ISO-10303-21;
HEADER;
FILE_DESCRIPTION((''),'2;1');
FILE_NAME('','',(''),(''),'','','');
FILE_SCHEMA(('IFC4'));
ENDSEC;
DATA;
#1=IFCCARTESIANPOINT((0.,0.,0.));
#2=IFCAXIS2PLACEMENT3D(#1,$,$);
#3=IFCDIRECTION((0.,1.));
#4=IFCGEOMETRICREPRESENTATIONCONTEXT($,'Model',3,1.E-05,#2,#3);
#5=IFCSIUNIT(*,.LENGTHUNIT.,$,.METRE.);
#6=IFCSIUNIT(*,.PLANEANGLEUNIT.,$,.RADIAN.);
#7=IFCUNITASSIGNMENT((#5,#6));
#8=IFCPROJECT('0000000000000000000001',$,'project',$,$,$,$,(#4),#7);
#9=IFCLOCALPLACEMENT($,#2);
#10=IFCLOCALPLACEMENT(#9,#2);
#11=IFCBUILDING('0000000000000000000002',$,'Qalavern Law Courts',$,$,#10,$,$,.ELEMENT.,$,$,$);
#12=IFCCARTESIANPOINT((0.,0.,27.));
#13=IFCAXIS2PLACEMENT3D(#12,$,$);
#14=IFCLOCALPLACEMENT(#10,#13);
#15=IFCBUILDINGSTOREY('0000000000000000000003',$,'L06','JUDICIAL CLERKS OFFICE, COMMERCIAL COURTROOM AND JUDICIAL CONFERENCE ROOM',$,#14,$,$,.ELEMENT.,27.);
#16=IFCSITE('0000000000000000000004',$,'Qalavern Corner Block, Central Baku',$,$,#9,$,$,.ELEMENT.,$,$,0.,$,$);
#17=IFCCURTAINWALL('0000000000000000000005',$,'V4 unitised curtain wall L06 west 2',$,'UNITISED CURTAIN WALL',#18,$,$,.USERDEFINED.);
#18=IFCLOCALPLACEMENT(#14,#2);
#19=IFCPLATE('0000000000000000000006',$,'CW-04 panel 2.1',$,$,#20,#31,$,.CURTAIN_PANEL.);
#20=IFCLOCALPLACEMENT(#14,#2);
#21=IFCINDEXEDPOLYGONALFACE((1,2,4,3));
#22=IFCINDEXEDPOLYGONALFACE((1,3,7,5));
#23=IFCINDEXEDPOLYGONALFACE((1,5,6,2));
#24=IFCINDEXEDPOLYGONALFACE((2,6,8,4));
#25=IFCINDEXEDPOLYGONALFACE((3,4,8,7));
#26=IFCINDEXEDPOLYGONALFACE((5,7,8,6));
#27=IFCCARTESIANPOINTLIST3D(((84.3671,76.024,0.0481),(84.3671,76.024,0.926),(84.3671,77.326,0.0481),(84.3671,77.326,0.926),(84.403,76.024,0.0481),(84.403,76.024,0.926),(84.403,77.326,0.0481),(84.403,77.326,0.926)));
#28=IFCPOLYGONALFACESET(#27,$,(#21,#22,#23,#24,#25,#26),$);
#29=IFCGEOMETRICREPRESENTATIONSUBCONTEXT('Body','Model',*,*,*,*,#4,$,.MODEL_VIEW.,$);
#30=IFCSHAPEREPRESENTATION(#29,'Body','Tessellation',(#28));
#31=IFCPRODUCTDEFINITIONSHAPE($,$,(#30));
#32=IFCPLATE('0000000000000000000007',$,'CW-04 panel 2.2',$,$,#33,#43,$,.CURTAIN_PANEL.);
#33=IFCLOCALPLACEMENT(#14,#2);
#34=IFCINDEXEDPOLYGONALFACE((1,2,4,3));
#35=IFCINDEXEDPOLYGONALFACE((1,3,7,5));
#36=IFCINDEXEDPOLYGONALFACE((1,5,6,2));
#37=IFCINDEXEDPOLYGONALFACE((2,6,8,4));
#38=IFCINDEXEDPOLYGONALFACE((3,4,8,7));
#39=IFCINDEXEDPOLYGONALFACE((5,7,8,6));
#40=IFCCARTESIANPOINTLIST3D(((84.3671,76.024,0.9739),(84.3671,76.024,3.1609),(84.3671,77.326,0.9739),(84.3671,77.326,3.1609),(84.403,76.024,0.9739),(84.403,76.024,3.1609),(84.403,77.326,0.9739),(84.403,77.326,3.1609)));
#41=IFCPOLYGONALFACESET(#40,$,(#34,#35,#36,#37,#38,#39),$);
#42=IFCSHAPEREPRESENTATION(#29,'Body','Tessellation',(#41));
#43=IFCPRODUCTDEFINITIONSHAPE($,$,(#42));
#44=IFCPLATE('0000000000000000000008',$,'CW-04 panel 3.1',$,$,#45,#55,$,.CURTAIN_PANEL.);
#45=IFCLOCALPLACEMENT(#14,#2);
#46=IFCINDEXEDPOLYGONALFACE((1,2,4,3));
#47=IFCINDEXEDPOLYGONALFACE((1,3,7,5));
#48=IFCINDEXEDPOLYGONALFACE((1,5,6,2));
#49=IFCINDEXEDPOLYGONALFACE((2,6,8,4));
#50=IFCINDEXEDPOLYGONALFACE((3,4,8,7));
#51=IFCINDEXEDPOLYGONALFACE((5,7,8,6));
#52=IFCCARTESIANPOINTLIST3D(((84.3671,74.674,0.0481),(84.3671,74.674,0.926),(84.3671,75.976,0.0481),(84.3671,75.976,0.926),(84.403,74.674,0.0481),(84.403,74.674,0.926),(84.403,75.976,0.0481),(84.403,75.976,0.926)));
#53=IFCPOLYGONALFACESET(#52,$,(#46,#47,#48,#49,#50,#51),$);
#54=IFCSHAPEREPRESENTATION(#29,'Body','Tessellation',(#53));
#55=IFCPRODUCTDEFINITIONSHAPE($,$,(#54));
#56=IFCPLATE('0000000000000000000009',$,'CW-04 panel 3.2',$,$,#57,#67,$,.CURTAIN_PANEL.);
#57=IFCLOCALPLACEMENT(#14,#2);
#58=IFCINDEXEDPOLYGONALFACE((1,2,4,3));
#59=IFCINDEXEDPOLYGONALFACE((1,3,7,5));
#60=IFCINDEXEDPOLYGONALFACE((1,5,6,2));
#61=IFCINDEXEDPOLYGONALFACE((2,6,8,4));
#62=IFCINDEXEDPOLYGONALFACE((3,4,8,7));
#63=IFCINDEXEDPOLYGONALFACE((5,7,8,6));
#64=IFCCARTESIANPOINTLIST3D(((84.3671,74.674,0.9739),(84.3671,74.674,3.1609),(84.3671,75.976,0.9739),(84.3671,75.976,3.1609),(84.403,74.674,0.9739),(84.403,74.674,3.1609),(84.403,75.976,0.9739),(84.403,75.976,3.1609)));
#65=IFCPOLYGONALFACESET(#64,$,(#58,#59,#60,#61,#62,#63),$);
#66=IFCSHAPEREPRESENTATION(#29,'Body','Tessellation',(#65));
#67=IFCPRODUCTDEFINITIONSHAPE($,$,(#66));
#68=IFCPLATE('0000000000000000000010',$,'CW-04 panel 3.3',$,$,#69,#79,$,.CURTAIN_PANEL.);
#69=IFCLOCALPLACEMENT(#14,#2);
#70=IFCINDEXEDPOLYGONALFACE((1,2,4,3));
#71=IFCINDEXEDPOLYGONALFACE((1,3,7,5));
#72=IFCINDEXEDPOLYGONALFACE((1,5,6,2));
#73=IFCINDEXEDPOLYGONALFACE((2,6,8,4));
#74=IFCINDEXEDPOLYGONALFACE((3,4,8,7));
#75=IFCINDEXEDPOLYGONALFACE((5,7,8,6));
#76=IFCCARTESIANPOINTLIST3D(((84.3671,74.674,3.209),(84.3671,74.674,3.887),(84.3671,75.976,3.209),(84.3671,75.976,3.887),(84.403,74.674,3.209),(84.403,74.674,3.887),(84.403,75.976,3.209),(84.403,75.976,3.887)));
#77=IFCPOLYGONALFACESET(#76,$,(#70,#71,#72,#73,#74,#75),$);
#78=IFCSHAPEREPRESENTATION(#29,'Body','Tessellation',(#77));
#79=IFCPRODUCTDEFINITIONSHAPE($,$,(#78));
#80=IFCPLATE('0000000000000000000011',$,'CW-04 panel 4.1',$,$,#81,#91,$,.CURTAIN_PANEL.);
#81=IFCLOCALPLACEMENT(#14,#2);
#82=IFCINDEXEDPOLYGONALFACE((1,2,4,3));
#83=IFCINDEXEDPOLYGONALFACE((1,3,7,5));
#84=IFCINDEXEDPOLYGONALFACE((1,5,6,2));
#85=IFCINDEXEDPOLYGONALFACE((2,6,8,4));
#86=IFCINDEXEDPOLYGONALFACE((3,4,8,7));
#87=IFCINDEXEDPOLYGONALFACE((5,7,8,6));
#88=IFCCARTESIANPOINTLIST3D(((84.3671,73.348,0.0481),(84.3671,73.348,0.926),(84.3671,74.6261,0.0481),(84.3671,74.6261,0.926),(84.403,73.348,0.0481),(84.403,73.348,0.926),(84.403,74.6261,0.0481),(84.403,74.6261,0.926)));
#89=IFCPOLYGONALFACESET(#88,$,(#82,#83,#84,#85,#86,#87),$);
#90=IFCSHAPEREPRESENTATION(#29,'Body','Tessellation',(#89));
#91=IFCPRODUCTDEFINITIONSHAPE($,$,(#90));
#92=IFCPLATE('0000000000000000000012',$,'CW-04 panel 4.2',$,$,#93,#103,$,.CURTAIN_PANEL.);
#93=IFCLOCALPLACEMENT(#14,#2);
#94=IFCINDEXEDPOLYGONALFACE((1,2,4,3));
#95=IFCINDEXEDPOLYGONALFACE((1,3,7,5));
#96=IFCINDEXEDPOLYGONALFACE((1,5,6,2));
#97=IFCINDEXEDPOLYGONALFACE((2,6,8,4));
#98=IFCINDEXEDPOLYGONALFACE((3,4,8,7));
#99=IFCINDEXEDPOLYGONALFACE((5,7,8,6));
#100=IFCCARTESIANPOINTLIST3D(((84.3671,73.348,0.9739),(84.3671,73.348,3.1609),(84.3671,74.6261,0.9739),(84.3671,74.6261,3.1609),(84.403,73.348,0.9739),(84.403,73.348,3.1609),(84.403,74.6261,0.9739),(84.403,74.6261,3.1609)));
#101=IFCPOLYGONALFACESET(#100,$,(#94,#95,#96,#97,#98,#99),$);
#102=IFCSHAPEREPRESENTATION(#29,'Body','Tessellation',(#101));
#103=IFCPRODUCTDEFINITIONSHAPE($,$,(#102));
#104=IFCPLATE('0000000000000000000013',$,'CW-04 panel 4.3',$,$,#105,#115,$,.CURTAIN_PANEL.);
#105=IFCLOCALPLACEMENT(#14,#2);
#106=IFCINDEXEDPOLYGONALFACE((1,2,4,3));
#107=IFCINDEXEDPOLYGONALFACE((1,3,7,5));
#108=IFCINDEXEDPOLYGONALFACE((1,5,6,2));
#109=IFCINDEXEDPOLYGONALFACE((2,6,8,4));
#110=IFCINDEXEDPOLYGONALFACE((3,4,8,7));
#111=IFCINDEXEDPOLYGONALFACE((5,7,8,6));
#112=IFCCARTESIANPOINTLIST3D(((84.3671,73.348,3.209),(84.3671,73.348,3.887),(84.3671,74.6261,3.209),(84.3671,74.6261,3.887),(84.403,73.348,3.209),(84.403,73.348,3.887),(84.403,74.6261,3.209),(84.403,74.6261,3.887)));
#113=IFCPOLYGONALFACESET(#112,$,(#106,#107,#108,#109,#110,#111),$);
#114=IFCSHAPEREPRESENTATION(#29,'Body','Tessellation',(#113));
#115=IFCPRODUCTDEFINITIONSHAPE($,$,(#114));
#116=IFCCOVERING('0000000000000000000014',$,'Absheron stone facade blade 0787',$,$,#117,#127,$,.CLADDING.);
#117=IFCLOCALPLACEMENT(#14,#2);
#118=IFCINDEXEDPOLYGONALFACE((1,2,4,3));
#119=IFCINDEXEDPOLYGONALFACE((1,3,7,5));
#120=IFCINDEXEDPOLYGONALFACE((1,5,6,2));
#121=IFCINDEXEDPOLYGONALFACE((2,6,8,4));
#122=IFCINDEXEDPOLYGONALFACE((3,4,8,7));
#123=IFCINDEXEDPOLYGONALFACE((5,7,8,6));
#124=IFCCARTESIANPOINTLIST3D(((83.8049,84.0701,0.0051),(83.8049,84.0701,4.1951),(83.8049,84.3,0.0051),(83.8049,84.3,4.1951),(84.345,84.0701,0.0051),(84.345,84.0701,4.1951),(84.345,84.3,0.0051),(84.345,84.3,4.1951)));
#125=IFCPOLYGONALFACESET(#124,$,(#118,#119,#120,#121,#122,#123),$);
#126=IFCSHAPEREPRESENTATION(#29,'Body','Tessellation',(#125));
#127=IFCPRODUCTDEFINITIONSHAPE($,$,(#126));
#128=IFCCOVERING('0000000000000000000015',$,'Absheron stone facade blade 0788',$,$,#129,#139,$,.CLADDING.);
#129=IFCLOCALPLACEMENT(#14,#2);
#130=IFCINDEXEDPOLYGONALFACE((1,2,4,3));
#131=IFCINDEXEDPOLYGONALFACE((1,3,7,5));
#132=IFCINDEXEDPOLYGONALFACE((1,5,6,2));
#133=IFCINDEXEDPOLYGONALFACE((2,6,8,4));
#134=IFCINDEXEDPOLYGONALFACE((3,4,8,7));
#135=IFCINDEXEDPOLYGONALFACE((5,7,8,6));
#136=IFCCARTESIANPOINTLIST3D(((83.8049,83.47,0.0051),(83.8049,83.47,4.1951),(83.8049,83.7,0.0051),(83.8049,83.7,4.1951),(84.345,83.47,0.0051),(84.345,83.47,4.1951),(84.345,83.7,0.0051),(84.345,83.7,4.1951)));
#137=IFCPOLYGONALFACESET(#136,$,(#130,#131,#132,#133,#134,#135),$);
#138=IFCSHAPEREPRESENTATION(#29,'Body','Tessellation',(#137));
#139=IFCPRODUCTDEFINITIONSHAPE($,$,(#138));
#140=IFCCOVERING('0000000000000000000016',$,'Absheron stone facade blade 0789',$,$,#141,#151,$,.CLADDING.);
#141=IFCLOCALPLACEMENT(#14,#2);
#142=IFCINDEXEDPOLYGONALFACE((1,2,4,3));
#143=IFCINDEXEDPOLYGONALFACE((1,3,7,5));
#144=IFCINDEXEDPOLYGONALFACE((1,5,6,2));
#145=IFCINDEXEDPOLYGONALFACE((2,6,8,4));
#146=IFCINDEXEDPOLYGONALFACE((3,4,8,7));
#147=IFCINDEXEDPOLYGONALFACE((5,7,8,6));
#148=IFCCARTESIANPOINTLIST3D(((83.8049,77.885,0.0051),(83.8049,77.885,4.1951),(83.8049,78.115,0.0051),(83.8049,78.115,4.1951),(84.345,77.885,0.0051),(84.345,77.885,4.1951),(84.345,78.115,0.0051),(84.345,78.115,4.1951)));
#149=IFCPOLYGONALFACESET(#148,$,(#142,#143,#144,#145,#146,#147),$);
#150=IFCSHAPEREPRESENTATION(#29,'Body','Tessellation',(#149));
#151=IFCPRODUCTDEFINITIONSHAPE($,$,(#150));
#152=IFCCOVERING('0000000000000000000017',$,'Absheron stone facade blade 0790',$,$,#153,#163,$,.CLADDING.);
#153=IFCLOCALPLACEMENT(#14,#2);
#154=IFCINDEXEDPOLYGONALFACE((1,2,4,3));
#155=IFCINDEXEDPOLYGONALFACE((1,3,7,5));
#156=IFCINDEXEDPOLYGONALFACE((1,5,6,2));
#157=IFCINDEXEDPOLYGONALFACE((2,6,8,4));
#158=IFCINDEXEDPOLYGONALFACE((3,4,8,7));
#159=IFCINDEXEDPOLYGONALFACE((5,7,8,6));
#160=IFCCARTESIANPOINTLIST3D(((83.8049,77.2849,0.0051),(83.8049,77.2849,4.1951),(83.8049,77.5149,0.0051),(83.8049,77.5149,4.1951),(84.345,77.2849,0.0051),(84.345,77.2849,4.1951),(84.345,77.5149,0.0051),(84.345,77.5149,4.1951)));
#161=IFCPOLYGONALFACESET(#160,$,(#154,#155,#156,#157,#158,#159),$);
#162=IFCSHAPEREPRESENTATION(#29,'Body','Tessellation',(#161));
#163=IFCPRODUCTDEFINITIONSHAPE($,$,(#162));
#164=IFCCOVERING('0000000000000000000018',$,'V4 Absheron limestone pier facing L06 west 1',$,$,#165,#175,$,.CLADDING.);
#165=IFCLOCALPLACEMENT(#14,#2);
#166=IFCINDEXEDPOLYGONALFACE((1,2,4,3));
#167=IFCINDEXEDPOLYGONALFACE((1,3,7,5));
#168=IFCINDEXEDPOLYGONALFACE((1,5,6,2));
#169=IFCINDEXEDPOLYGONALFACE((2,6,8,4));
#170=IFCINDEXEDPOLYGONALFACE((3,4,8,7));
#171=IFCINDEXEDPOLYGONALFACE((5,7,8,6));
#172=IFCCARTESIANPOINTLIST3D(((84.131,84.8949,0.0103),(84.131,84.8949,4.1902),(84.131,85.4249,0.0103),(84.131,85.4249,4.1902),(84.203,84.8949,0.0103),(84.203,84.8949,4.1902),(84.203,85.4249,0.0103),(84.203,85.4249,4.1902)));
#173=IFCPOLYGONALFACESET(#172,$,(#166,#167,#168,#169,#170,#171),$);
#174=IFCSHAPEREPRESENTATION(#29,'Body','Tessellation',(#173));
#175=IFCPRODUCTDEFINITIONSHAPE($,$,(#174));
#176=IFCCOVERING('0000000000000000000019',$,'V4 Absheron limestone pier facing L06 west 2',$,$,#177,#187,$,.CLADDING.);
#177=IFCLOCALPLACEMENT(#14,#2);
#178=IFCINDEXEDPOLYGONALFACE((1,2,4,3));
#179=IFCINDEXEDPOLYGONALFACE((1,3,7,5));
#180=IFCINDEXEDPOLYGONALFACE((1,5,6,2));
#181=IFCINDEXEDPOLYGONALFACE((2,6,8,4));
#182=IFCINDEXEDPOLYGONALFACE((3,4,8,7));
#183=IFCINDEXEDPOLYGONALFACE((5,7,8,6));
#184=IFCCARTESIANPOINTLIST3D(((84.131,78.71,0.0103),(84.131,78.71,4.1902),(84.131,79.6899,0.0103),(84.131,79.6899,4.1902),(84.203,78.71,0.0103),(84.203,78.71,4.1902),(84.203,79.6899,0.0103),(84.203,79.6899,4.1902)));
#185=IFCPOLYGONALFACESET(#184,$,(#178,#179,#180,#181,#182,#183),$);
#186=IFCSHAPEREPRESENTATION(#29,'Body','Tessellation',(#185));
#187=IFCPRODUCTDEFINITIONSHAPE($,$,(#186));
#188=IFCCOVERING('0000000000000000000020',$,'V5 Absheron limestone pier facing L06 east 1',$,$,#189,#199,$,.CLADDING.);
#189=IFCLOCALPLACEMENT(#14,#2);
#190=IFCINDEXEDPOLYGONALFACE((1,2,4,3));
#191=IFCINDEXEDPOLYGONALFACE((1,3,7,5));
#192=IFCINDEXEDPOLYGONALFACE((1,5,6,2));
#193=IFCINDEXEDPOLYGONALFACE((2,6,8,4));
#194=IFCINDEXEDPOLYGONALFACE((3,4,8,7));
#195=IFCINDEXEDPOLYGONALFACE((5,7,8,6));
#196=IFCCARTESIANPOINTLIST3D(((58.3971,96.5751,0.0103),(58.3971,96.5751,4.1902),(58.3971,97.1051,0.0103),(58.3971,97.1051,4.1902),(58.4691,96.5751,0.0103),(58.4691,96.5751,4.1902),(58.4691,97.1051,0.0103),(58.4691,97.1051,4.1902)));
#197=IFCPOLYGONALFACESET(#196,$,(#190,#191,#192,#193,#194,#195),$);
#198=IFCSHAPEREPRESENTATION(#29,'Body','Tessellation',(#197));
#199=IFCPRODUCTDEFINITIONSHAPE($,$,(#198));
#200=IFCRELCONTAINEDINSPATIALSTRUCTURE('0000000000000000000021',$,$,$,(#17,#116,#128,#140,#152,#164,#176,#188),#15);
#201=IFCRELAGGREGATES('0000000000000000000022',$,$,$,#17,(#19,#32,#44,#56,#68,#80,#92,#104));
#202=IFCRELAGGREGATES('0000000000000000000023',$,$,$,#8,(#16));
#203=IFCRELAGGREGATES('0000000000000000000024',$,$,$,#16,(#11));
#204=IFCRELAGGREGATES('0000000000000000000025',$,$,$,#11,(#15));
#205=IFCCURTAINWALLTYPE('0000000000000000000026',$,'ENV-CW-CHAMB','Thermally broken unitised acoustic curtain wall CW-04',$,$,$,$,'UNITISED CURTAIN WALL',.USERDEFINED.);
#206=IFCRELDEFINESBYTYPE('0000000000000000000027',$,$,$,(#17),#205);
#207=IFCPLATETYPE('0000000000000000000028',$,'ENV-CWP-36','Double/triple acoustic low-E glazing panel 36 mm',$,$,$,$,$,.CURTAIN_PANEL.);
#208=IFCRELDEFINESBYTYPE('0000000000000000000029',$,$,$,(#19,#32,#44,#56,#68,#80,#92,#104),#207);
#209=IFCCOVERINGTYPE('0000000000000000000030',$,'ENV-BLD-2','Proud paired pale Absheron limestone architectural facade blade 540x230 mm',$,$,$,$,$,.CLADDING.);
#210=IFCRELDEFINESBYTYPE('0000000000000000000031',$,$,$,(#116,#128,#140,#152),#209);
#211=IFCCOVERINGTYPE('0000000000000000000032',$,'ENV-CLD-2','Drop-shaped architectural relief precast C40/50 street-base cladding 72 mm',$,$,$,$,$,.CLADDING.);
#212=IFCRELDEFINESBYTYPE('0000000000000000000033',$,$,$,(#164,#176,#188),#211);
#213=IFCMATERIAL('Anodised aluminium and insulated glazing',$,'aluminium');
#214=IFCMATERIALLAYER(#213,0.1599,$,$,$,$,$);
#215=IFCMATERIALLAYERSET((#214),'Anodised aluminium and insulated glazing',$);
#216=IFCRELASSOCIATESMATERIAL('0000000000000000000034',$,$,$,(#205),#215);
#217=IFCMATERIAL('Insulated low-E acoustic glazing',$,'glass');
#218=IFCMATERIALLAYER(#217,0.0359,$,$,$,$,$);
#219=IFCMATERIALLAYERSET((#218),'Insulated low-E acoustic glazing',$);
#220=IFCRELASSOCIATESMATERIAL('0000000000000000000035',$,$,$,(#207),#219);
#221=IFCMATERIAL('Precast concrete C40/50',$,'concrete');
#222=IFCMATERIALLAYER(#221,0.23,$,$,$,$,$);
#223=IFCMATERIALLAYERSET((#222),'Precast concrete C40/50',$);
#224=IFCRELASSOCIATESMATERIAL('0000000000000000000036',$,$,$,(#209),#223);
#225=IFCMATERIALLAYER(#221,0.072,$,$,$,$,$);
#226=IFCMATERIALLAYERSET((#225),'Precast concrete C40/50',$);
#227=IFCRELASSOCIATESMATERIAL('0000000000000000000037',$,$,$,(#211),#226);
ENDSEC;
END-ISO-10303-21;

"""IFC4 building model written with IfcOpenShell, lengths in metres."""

from ifc_helpers import new_model, si_unit, direction, frame, origin, origin_2d, place, context, subcontext, project, spatial, rectangle, extrude, material, layer, layer_set, type_object, element, aggregate, save


model = new_model("IFC4")

# Units and contexts
model_context = context("Model", 3, precision=1e-05, world=origin(), true_north=direction((0.0, 1.0)))
body_context = subcontext(model_context, "Body", "Model", "MODEL_VIEW")
ifc_project = project(units=[si_unit("LENGTHUNIT", "METRE"), si_unit("PLANEANGLEUNIT", "RADIAN")], contexts=[model_context])

# Site, building, storey
site_placement = place(None, origin())
site = spatial("IfcSite", under=ifc_project, at=site_placement, Name="Qalavern Corner Block, Central Baku", CompositionType="ELEMENT", RefElevation=0.0)
building_placement = place(site_placement, origin())
building = spatial("IfcBuilding", under=site, at=building_placement, Name="Qalavern Law Courts", CompositionType="ELEMENT")
storey_placement = place(building_placement, frame((0.0, 0.0, 27.0)))
storey = spatial("IfcBuildingStorey", under=building, at=storey_placement, Name="L06", Description="JUDICIAL CLERKS OFFICE, COMMERCIAL COURTROOM AND JUDICIAL CONFERENCE ROOM", CompositionType="ELEMENT", Elevation=27.0)

# Curtain wall
ifc_material_1 = material(Name="Anodised aluminium and insulated glazing", Category="aluminium")
ifc_layer_1 = layer(ifc_material_1, 0.1599)
ifc_layer_set_1 = layer_set([ifc_layer_1], Name="Anodised aluminium and insulated glazing")
curtain_wall_type_1 = type_object("IfcCurtainWallType", Name="ENV-CW-CHAMB", Description="Thermally broken unitised acoustic curtain wall CW-04", ElementType="UNITISED CURTAIN WALL", PredefinedType="USERDEFINED", material=ifc_layer_set_1)
curtain_wall_1_placement = place(storey_placement, origin())
curtain_wall_1 = element("IfcCurtainWall", 1, at=curtain_wall_1_placement, inside=storey, type_object=curtain_wall_type_1, Name="V4 unitised curtain wall L06 west 2", ObjectType="UNITISED CURTAIN WALL", PredefinedType="USERDEFINED")

# Plates
ifc_material_2 = material(Name="Insulated low-E acoustic glazing", Category="glass")
ifc_layer_2 = layer(ifc_material_2, 0.0359)
ifc_layer_set_2 = layer_set([ifc_layer_2], Name="Insulated low-E acoustic glazing")
plate_type = type_object("IfcPlateType", Name="ENV-CWP-36", Description="Double/triple acoustic low-E glazing panel 36 mm", PredefinedType="CURTAIN_PANEL", material=ifc_layer_set_2)
plate_1_placement = place(storey_placement, frame((84.385, 76.675, 0.0481), z_axis=(0.0, 0.0, 1.0), x_axis=(0.0, -1.0, 0.0)))
plate_1 = element("IfcPlate", 2, at=plate_1_placement, type_object=plate_type, Name="CW-04 panel 2.1", PredefinedType="CURTAIN_PANEL", context=body_context, shape_type="SweptSolid", body=[
    extrude(rectangle(XDim=1.302, YDim=0.0359, at=origin_2d()), origin(), (0.0, 0.0, 1.0), 0.8779),
])
plate_2_placement = place(storey_placement, frame((84.385, 76.675, 0.9739), z_axis=(0.0, 0.0, 1.0), x_axis=(0.0, -1.0, 0.0)))
plate_2 = element("IfcPlate", 3, at=plate_2_placement, type_object=plate_type, Name="CW-04 panel 2.2", PredefinedType="CURTAIN_PANEL", context=body_context, shape_type="SweptSolid", body=[
    extrude(rectangle(XDim=1.302, YDim=0.0359, at=origin_2d()), origin(), (0.0, 0.0, 1.0), 2.187),
])
plate_3_placement = place(storey_placement, frame((84.385, 75.325, 0.0481), z_axis=(0.0, 0.0, 1.0), x_axis=(0.0, -1.0, 0.0)))
plate_3 = element("IfcPlate", 4, at=plate_3_placement, type_object=plate_type, Name="CW-04 panel 3.1", PredefinedType="CURTAIN_PANEL", context=body_context, shape_type="SweptSolid", body=[
    extrude(rectangle(XDim=1.302, YDim=0.0359, at=origin_2d()), origin(), (0.0, 0.0, 1.0), 0.8779),
])
plate_4_placement = place(storey_placement, frame((84.385, 75.325, 0.9739), z_axis=(0.0, 0.0, 1.0), x_axis=(0.0, -1.0, 0.0)))
plate_4 = element("IfcPlate", 5, at=plate_4_placement, type_object=plate_type, Name="CW-04 panel 3.2", PredefinedType="CURTAIN_PANEL", context=body_context, shape_type="SweptSolid", body=[
    extrude(rectangle(XDim=1.302, YDim=0.0359, at=origin_2d()), origin(), (0.0, 0.0, 1.0), 2.187),
])
plate_5_placement = place(storey_placement, frame((84.385, 75.325, 3.209), z_axis=(0.0, 0.0, 1.0), x_axis=(0.0, -1.0, 0.0)))
plate_5 = element("IfcPlate", 6, at=plate_5_placement, type_object=plate_type, Name="CW-04 panel 3.3", PredefinedType="CURTAIN_PANEL", context=body_context, shape_type="SweptSolid", body=[
    extrude(rectangle(XDim=1.302, YDim=0.0359, at=origin_2d()), origin(), (0.0, 0.0, 1.0), 0.678),
])
plate_6_placement = place(storey_placement, frame((84.385, 73.9871, 0.0481), z_axis=(0.0, 0.0, 1.0), x_axis=(0.0, -1.0, 0.0)))
plate_6 = element("IfcPlate", 7, at=plate_6_placement, type_object=plate_type, Name="CW-04 panel 4.1", PredefinedType="CURTAIN_PANEL", context=body_context, shape_type="SweptSolid", body=[
    extrude(rectangle(XDim=1.2781, YDim=0.0359, at=origin_2d()), origin(), (0.0, 0.0, 1.0), 0.8779),
])
plate_7_placement = place(storey_placement, frame((84.385, 73.9871, 0.9739), z_axis=(0.0, 0.0, 1.0), x_axis=(0.0, -1.0, 0.0)))
plate_7 = element("IfcPlate", 8, at=plate_7_placement, type_object=plate_type, Name="CW-04 panel 4.2", PredefinedType="CURTAIN_PANEL", context=body_context, shape_type="SweptSolid", body=[
    extrude(rectangle(XDim=1.2781, YDim=0.0359, at=origin_2d()), origin(), (0.0, 0.0, 1.0), 2.187),
])
plate_8_placement = place(storey_placement, frame((84.385, 73.9871, 3.209), z_axis=(0.0, 0.0, 1.0), x_axis=(0.0, -1.0, 0.0)))
plate_8 = element("IfcPlate", 9, at=plate_8_placement, type_object=plate_type, Name="CW-04 panel 4.3", PredefinedType="CURTAIN_PANEL", context=body_context, shape_type="SweptSolid", body=[
    extrude(rectangle(XDim=1.2781, YDim=0.0359, at=origin_2d()), origin(), (0.0, 0.0, 1.0), 0.678),
])
aggregate(curtain_wall_1, [plate_1, plate_2, plate_3, plate_4, plate_5, plate_6, plate_7, plate_8])

# Coverings
ifc_material_3 = material(Name="Precast concrete C40/50", Category="concrete")
ifc_layer_3 = layer(ifc_material_3, 0.23)
ifc_layer_set_3 = layer_set([ifc_layer_3], Name="Precast concrete C40/50")
covering_type_1 = type_object("IfcCoveringType", Name="ENV-BLD-2", Description="Proud paired pale Absheron limestone architectural facade blade 540x230 mm", PredefinedType="CLADDING", material=ifc_layer_set_3)
for number, where, z_axis, x_axis, name in (
    (10, (84.075, 84.1851, 0.0051), (0.0, 0.0, 1.0), (-1.0, 0.0, 0.0), "Absheron stone facade blade 0787"),
    (11, (84.075, 83.585, 0.0051), (0.0, 0.0, 1.0), (-1.0, 0.0, 0.0), "Absheron stone facade blade 0788"),
    (12, (84.075, 78.0, 0.0051), (0.0, 0.0, 1.0), (-1.0, 0.0, 0.0), "Absheron stone facade blade 0789"),
    (13, (84.075, 77.3999, 0.0051), (0.0, 0.0, 1.0), (-1.0, 0.0, 0.0), "Absheron stone facade blade 0790"),
):
    element("IfcCovering", number, at=place(storey_placement, frame(where, z_axis=z_axis, x_axis=x_axis)), inside=storey, type_object=covering_type_1, Name=name, PredefinedType="CLADDING", context=body_context, shape_type="SweptSolid", body=[
        extrude(rectangle(XDim=0.54, YDim=0.23, at=origin_2d()), origin(), (0.0, 0.0, 1.0), 4.1899),
    ])
ifc_layer_4 = layer(ifc_material_3, 0.072)
ifc_layer_set_4 = layer_set([ifc_layer_4], Name="Precast concrete C40/50")
covering_type_2 = type_object("IfcCoveringType", Name="ENV-CLD-2", Description="Drop-shaped architectural relief precast C40/50 street-base cladding 72 mm", PredefinedType="CLADDING", material=ifc_layer_set_4)
covering_1_placement = place(storey_placement, frame((84.167, 85.1599, 0.0103), z_axis=(0.0, 0.0, 1.0), x_axis=(0.0, -1.0, 0.0)))
element("IfcCovering", 14, at=covering_1_placement, inside=storey, type_object=covering_type_2, Name="V4 Absheron limestone pier facing L06 west 1", PredefinedType="CLADDING", context=body_context, shape_type="SweptSolid", body=[
    extrude(rectangle(XDim=0.53, YDim=0.072, at=origin_2d()), origin(), (0.0, 0.0, 1.0), 4.1799),
])
covering_2_placement = place(storey_placement, frame((84.167, 79.2, 0.0103), z_axis=(0.0, 0.0, 1.0), x_axis=(0.0, -1.0, 0.0)))
element("IfcCovering", 15, at=covering_2_placement, inside=storey, type_object=covering_type_2, Name="V4 Absheron limestone pier facing L06 west 2", PredefinedType="CLADDING", context=body_context, shape_type="SweptSolid", body=[
    extrude(rectangle(XDim=0.98, YDim=0.072, at=origin_2d()), origin(), (0.0, 0.0, 1.0), 4.1799),
])
covering_3_placement = place(storey_placement, frame((58.4331, 96.8401, 0.0103), z_axis=(0.0, 0.0, 1.0), x_axis=(0.0, 1.0, 0.0)))
element("IfcCovering", 16, at=covering_3_placement, inside=storey, type_object=covering_type_2, Name="V5 Absheron limestone pier facing L06 east 1", PredefinedType="CLADDING", context=body_context, shape_type="SweptSolid", body=[
    extrude(rectangle(XDim=0.53, YDim=0.072, at=origin_2d()), origin(), (0.0, 0.0, 1.0), 4.1799),
])

save(model, "model.ifc")
